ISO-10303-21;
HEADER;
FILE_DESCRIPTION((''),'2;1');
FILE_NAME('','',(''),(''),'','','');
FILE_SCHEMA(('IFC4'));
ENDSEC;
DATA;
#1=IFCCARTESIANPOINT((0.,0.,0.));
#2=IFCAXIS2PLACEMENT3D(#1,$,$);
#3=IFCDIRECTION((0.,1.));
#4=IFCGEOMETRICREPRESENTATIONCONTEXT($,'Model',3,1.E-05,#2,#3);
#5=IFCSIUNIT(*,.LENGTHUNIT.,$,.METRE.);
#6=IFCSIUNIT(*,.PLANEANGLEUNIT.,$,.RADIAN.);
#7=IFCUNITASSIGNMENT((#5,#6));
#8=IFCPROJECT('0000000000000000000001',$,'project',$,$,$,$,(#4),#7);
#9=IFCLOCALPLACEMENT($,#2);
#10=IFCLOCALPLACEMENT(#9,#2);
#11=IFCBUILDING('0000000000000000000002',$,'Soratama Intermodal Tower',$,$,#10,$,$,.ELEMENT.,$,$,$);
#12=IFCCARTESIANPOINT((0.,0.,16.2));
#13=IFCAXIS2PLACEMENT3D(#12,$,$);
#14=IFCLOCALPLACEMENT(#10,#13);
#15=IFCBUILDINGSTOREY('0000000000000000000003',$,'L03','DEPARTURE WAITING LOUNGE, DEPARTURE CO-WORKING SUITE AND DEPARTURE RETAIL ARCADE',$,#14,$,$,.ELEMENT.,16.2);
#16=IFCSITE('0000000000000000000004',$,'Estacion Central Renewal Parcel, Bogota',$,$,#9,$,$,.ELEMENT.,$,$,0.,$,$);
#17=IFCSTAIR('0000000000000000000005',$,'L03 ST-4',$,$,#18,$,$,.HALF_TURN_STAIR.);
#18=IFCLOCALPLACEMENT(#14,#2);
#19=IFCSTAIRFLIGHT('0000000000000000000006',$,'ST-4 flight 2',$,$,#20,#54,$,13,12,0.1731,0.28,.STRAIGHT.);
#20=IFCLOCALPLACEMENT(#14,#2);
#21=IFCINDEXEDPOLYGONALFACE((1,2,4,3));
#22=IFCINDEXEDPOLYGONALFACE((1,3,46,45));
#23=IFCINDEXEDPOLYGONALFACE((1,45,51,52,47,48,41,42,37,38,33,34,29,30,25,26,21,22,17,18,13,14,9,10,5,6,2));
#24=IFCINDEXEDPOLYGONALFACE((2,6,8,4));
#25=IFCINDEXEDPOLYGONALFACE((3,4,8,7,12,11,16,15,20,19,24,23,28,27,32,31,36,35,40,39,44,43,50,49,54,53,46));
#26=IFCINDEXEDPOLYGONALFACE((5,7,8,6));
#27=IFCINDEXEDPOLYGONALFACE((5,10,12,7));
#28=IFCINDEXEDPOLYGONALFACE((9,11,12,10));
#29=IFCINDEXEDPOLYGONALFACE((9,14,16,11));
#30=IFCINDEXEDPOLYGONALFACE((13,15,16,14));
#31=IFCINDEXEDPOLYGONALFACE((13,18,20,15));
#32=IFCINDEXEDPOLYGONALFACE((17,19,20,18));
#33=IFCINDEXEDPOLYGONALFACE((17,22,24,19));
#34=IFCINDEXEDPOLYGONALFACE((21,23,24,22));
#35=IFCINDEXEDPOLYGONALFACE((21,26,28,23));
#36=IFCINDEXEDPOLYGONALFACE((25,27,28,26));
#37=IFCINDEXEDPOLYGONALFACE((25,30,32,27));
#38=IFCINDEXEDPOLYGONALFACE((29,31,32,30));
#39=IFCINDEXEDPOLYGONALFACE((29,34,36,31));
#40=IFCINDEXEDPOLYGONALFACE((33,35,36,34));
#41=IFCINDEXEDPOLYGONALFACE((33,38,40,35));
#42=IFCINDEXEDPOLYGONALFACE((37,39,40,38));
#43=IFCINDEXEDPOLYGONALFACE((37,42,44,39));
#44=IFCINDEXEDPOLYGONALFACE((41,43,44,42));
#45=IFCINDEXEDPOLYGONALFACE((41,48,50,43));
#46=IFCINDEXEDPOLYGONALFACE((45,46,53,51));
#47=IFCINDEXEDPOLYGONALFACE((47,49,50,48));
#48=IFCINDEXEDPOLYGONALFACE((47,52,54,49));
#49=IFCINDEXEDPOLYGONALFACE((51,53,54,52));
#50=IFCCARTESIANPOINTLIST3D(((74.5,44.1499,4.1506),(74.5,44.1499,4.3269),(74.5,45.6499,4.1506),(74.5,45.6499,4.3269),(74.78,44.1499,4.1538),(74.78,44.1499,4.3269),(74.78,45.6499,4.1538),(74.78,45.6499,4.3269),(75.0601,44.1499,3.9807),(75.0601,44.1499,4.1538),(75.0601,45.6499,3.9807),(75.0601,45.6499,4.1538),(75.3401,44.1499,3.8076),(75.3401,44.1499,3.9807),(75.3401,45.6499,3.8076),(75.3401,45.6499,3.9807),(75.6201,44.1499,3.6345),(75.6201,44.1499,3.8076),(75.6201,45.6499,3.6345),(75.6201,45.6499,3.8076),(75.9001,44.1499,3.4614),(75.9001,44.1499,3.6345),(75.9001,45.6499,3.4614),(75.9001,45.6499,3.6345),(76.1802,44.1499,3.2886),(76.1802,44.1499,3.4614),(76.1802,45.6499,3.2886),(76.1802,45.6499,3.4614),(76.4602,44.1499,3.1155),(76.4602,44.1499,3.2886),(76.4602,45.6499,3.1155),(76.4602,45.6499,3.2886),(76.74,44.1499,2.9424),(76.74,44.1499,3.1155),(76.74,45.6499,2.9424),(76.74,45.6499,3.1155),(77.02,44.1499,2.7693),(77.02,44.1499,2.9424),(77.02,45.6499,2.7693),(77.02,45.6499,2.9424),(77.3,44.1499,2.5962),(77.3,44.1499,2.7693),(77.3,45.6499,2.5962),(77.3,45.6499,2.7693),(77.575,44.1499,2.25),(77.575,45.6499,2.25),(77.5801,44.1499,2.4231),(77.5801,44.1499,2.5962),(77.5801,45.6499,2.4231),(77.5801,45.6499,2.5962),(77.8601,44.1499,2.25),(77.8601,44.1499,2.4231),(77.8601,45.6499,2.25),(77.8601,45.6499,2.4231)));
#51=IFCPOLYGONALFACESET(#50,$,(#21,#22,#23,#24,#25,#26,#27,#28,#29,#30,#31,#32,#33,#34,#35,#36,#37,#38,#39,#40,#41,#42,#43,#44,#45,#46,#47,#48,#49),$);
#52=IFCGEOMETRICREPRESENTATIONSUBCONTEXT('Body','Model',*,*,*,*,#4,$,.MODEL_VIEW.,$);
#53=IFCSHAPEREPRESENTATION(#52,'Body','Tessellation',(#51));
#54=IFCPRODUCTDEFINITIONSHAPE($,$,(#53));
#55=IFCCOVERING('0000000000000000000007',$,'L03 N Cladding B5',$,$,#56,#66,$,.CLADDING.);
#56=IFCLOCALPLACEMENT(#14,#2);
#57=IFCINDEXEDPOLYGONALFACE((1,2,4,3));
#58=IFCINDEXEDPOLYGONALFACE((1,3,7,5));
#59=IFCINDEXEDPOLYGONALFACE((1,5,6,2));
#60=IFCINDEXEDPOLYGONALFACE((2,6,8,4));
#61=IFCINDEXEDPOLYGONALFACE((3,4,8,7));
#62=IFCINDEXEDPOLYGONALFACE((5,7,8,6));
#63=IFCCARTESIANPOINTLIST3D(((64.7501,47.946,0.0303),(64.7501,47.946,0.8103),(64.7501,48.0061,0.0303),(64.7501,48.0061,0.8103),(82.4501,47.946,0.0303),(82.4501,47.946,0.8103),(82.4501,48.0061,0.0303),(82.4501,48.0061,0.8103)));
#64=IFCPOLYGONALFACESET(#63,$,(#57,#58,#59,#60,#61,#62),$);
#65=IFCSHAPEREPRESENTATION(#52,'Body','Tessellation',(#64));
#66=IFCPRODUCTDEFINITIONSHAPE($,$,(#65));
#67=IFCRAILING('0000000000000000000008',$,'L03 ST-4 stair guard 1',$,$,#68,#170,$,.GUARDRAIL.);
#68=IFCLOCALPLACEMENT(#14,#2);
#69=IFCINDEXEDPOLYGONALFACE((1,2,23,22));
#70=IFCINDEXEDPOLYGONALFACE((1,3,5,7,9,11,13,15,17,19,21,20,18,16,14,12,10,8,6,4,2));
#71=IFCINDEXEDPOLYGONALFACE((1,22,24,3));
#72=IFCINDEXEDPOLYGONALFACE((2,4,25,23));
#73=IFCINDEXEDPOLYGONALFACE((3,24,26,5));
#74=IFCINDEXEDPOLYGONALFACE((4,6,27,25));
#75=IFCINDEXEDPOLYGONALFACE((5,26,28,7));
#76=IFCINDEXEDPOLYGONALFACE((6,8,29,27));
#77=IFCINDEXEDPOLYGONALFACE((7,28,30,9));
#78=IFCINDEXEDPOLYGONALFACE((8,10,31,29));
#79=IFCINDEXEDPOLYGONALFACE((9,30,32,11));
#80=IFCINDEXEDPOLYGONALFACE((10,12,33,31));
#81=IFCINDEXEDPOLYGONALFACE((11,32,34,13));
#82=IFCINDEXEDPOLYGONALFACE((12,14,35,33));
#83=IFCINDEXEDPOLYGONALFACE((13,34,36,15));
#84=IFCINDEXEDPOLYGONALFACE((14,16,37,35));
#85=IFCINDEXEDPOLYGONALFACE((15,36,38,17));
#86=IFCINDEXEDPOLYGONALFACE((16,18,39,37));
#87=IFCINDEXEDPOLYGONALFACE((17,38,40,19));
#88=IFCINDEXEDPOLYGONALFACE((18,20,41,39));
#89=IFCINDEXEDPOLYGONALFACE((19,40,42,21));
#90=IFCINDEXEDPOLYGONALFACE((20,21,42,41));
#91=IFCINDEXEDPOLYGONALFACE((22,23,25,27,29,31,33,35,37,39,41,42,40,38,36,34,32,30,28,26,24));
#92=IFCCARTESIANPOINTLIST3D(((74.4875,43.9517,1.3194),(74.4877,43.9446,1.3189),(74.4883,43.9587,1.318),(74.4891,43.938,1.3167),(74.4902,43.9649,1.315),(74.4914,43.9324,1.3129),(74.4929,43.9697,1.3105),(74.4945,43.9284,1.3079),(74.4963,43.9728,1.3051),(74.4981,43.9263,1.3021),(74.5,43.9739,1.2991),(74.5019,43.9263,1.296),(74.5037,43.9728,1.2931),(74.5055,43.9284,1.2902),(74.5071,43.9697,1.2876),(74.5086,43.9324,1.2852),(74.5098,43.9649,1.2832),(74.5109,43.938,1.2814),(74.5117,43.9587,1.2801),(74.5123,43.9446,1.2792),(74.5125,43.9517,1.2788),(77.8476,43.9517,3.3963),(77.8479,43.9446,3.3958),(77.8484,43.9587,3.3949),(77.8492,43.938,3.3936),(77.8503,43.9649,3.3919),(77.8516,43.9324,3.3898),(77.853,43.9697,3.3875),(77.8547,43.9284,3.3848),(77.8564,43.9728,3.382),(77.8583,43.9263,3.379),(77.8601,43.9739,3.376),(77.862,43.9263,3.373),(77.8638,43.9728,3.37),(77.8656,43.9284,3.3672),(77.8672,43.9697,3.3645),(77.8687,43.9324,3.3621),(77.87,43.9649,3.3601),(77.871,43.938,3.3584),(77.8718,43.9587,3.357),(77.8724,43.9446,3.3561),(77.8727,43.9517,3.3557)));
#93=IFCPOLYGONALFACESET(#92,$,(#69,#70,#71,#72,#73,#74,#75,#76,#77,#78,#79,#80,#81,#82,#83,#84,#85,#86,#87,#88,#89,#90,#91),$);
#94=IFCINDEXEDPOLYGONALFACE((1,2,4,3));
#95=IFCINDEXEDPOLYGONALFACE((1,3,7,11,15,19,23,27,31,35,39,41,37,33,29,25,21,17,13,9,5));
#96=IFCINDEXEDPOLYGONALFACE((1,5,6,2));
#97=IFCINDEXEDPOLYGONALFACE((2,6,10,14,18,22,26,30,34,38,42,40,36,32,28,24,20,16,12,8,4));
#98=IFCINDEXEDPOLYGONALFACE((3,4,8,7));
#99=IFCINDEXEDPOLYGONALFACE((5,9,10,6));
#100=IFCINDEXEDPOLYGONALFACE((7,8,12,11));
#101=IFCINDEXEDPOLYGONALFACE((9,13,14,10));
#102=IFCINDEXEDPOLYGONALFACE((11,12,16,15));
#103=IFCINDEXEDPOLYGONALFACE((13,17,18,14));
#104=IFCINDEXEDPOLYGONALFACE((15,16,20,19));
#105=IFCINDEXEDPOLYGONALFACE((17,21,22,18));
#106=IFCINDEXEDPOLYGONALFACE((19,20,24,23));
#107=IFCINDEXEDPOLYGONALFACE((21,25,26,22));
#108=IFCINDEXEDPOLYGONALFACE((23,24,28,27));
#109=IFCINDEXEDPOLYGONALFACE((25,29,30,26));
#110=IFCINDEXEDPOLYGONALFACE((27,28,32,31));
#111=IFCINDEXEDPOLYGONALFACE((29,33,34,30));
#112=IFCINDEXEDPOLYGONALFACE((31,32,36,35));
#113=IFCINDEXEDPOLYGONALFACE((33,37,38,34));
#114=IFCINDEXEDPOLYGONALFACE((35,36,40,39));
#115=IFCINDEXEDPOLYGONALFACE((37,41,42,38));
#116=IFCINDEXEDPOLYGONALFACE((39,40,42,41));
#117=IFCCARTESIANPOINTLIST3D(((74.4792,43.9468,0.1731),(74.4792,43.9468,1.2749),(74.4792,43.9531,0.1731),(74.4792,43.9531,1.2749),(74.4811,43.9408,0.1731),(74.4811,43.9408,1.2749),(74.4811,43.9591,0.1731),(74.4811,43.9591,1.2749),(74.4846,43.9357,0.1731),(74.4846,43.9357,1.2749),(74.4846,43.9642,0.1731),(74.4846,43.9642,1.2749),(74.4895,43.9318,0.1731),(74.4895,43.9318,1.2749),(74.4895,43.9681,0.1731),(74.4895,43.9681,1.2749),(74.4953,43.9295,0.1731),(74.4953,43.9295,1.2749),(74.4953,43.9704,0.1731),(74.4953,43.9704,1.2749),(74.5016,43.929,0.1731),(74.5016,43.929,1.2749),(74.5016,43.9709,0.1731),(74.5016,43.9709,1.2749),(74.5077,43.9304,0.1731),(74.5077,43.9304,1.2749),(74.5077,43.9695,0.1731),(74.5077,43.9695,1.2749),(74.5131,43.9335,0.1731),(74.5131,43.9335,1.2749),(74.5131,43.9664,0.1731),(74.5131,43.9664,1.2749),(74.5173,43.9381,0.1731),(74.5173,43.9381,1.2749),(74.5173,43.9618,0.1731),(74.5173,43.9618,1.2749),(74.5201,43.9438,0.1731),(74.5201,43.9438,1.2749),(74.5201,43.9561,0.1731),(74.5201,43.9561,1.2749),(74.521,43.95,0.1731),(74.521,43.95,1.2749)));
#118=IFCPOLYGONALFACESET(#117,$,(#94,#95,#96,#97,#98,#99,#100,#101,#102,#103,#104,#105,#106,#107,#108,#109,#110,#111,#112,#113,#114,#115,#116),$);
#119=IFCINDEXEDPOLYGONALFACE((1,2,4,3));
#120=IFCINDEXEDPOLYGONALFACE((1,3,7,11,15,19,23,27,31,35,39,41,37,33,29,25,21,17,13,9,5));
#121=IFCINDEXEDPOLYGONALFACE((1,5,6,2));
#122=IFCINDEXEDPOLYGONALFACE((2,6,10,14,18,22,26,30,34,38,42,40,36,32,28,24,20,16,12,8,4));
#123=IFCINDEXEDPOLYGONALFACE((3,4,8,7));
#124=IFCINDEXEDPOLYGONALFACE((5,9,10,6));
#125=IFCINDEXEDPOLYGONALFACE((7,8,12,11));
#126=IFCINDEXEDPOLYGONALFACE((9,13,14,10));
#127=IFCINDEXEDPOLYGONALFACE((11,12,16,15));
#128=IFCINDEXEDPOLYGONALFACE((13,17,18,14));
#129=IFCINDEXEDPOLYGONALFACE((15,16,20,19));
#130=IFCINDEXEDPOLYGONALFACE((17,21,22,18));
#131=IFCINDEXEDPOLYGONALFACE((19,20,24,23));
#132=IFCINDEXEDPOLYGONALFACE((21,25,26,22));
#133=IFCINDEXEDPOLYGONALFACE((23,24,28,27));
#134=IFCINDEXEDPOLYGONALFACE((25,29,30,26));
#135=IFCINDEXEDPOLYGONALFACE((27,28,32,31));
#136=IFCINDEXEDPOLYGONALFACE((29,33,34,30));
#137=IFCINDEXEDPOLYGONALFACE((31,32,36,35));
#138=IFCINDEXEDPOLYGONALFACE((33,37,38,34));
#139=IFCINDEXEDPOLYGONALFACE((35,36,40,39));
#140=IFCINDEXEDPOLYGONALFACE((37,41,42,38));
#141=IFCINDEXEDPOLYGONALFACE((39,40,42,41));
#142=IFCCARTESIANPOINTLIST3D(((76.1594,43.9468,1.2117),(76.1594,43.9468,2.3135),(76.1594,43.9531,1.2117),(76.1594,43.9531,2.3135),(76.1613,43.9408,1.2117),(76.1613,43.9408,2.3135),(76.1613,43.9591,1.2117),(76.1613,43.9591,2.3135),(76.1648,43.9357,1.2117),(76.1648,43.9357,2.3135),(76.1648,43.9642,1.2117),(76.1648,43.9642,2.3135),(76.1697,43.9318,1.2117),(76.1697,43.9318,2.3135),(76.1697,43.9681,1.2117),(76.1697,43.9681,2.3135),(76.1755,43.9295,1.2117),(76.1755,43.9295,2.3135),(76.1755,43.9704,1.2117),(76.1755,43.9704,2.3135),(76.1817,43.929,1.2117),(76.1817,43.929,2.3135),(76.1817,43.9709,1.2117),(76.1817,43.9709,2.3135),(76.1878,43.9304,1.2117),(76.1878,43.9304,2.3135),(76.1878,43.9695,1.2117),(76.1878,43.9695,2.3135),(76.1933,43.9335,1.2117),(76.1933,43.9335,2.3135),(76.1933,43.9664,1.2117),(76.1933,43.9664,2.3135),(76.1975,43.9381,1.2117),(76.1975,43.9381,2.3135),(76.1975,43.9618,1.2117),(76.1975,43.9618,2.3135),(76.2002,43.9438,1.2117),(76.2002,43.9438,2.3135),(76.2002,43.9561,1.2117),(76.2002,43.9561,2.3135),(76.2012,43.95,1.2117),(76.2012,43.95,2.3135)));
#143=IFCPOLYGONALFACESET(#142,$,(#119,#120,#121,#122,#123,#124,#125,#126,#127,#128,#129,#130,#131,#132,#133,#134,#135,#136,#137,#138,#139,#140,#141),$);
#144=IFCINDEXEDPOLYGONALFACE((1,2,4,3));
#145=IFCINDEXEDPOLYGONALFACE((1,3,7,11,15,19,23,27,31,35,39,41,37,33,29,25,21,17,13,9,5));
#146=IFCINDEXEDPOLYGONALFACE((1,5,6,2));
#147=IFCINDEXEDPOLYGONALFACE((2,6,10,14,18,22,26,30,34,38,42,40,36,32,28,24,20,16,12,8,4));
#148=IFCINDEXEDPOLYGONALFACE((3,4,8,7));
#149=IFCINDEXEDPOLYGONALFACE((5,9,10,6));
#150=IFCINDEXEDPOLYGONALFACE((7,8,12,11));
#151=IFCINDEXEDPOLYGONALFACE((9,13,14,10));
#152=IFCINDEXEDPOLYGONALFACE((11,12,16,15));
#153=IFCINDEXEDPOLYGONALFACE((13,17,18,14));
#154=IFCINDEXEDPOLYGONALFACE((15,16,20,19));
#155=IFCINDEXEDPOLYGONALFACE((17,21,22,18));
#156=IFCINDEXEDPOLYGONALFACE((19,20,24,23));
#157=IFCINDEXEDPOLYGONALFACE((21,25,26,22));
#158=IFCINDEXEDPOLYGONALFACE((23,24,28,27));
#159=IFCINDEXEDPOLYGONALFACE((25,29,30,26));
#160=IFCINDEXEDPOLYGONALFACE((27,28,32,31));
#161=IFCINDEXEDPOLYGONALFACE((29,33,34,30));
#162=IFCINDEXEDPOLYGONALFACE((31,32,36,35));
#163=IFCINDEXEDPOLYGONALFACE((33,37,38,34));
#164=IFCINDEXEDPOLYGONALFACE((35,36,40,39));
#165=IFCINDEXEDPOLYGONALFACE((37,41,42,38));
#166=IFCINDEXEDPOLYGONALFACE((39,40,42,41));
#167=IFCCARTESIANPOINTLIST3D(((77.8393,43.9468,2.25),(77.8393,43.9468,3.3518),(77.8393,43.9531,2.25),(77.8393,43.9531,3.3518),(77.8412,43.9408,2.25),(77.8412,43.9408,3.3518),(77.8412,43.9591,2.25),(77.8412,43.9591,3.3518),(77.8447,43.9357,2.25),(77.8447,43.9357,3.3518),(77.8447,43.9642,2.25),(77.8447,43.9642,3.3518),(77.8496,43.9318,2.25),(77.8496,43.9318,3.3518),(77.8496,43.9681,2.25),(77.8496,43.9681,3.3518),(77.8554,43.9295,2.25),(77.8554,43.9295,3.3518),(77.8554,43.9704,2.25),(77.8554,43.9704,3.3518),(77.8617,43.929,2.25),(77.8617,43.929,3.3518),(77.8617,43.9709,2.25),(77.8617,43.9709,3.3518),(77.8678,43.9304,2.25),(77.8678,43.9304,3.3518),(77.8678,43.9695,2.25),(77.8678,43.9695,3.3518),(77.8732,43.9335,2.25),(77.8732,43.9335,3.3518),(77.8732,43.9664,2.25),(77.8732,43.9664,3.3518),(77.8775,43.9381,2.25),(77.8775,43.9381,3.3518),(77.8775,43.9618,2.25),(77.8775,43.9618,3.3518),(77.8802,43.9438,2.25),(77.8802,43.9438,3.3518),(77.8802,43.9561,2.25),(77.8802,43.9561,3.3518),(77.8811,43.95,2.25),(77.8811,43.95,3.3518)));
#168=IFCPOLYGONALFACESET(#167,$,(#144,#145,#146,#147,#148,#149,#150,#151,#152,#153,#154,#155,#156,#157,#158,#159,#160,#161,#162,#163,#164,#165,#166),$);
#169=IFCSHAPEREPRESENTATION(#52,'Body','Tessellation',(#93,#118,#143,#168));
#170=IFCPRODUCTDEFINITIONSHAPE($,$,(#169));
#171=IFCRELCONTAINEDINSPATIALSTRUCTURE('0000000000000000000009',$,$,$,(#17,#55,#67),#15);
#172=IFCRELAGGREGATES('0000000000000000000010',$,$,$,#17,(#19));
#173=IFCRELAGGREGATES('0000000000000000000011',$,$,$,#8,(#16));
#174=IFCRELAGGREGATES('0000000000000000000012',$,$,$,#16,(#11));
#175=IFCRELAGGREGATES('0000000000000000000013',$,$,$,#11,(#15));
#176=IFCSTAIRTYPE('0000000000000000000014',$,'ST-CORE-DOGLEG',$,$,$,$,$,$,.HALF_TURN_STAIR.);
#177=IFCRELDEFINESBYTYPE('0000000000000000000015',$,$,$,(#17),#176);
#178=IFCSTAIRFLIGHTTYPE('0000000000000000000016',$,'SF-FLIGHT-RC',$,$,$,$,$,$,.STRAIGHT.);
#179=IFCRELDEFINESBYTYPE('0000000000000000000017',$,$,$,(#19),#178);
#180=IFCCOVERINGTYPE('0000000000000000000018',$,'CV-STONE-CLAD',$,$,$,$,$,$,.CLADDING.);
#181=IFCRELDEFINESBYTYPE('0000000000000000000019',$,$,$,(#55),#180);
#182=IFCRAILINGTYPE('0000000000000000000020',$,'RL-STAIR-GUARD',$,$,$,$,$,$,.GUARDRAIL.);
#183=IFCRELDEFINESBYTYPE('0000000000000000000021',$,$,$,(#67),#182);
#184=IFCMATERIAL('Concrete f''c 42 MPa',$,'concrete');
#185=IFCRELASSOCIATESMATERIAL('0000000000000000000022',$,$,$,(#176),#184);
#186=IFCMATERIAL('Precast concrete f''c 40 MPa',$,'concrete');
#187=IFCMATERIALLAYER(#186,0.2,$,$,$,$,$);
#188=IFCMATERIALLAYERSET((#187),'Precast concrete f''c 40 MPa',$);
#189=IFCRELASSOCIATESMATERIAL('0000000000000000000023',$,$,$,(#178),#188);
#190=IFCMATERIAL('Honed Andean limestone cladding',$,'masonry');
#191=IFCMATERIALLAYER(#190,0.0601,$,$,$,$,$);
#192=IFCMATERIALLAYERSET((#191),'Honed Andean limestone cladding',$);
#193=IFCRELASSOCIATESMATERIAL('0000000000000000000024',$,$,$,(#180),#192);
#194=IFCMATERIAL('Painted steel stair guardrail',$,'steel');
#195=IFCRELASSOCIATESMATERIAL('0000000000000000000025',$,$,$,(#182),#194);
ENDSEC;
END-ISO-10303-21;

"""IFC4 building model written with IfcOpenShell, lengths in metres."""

from ifc_helpers import new_model, si_unit, direction, frame, origin, origin_2d, place, context, subcontext, project, spatial, polyline, rectangle, circle, outline, extrude, material, layer, layer_set, type_object, element, aggregate, save


model = new_model("IFC4")

# Units and contexts
model_context = context("Model", 3, precision=1e-05, world=origin(), true_north=direction((0.0, 1.0)))
body_context = subcontext(model_context, "Body", "Model", "MODEL_VIEW")
ifc_project = project(units=[si_unit("LENGTHUNIT", "METRE"), si_unit("PLANEANGLEUNIT", "RADIAN")], contexts=[model_context])

# Site, building, storey
site_placement = place(None, origin())
site = spatial("IfcSite", under=ifc_project, at=site_placement, Name="Estacion Central Renewal Parcel, Bogota", CompositionType="ELEMENT", RefElevation=0.0)
building_placement = place(site_placement, origin())
building = spatial("IfcBuilding", under=site, at=building_placement, Name="Soratama Intermodal Tower", CompositionType="ELEMENT")
storey_placement = place(building_placement, frame((0.0, 0.0, 16.2)))
storey = spatial("IfcBuildingStorey", under=building, at=storey_placement, Name="L03", Description="DEPARTURE WAITING LOUNGE, DEPARTURE CO-WORKING SUITE AND DEPARTURE RETAIL ARCADE", CompositionType="ELEMENT", Elevation=16.2)

# Stair, stair flight
ifc_material_1 = material(Name="Concrete f'c 42 MPa", Category="concrete")
stair_type = type_object("IfcStairType", Name="ST-CORE-DOGLEG", PredefinedType="HALF_TURN_STAIR", material=ifc_material_1)
stair_placement = place(storey_placement, origin())
stair = element("IfcStair", 1, at=stair_placement, inside=storey, type_object=stair_type, Name="L03 ST-4", PredefinedType="HALF_TURN_STAIR")
ifc_material_2 = material(Name="Precast concrete f'c 40 MPa", Category="concrete")
ifc_layer_1 = layer(ifc_material_2, 0.2)
ifc_layer_set_1 = layer_set([ifc_layer_1], Name="Precast concrete f'c 40 MPa")
stair_flight_type = type_object("IfcStairFlightType", Name="SF-FLIGHT-RC", PredefinedType="STRAIGHT", material=ifc_layer_set_1)
stair_flight_1_placement = place(storey_placement, frame((77.8601, 44.8999, 2.25), z_axis=(0.0, 0.0, 1.0), x_axis=(-1.0, 0.0, 0.0)))
stair_flight_1 = element("IfcStairFlight", 2, at=stair_flight_1_placement, type_object=stair_flight_type, Name="ST-4 flight 2", NumberOfRisers=13, NumberOfTreads=12, PredefinedType="STRAIGHT", RiserHeight=0.1731, TreadLength=0.28, context=body_context, shape_type="SweptSolid", body=[
    extrude(outline(polyline([(0.0, 0.0), (0.0, 0.1731), (0.28, 0.1731), (0.28, 0.3462), (0.5601, 0.3462), (0.5601, 0.5193), (0.8401, 0.5193), (0.8401, 0.6924), (1.1201, 0.6924), (1.1201, 0.8655), (1.3999, 0.8655), (1.3999, 1.0386), (1.6799, 1.0386), (1.6799, 1.2114), (1.96, 1.2114), (1.96, 1.3845), (2.24, 1.3845), (2.24, 1.5576), (2.52, 1.5576), (2.52, 1.7307), (2.8, 1.7307), (2.8, 1.9038), (3.0801, 1.9038), (3.0801, 2.0769), (3.3601, 2.0769), (3.3601, 2.25), (3.3601, 1.9006), (0.2852, 0.0), (0.0, 0.0)])), frame((0.0, 0.75, 0.0), z_axis=(0.0, -1.0, 0.0), x_axis=(1.0, 0.0, 0.0)), (0.0, 0.0, 1.0), 1.5),
])
aggregate(stair, [stair_flight_1])

# Covering
ifc_material_3 = material(Name="Honed Andean limestone cladding", Category="masonry")
ifc_layer_2 = layer(ifc_material_3, 0.0601)
ifc_layer_set_2 = layer_set([ifc_layer_2], Name="Honed Andean limestone cladding")
covering_type = type_object("IfcCoveringType", Name="CV-STONE-CLAD", PredefinedType="CLADDING", material=ifc_layer_set_2)
covering_placement = place(storey_placement, frame((73.6001, 47.9761, 0.0303), z_axis=(0.0, 0.0, 1.0), x_axis=(1.0, 0.0, 0.0)))
element("IfcCovering", 3, at=covering_placement, inside=storey, type_object=covering_type, Name="L03 N Cladding B5", PredefinedType="CLADDING", context=body_context, shape_type="SweptSolid", body=[
    extrude(rectangle(XDim=17.7, YDim=0.0601, at=origin_2d()), origin(), (0.0, 0.0, 1.0), 0.78),
])

# Railing
ifc_material_4 = material(Name="Painted steel stair guardrail", Category="steel")
railing_type_1 = type_object("IfcRailingType", Name="RL-STAIR-GUARD", PredefinedType="GUARDRAIL", material=ifc_material_4)
railing_1_placement = place(storey_placement, frame((74.5, 43.95, 0.1731)))
element("IfcRailing", 4, at=railing_1_placement, inside=storey, type_object=railing_type_1, Name="L03 ST-4 stair guard 1", PredefinedType="GUARDRAIL", context=body_context, shape_type="SweptSolid", body=[
    extrude(circle(Radius=0.0239, at=origin_2d()), frame((0.0, 0.0, 1.126), z_axis=(0.850623, 0.0, 0.525776), x_axis=(0.0, 1.0, 0.0)), (0.0, 0.0, 1.0), 3.9502),
    extrude(circle(Radius=0.021, at=origin_2d()), origin(), (0.0, 0.0, 1.0), 1.1018),
    extrude(circle(Radius=0.021, at=origin_2d()), frame((1.6802, 0.0, 1.0386)), (0.0, 0.0, 1.0), 1.1018),
    extrude(circle(Radius=0.021, at=origin_2d()), frame((3.3601, 0.0, 2.0769)), (0.0, 0.0, 1.0), 1.1018),
])

save(model, "model.ifc")
